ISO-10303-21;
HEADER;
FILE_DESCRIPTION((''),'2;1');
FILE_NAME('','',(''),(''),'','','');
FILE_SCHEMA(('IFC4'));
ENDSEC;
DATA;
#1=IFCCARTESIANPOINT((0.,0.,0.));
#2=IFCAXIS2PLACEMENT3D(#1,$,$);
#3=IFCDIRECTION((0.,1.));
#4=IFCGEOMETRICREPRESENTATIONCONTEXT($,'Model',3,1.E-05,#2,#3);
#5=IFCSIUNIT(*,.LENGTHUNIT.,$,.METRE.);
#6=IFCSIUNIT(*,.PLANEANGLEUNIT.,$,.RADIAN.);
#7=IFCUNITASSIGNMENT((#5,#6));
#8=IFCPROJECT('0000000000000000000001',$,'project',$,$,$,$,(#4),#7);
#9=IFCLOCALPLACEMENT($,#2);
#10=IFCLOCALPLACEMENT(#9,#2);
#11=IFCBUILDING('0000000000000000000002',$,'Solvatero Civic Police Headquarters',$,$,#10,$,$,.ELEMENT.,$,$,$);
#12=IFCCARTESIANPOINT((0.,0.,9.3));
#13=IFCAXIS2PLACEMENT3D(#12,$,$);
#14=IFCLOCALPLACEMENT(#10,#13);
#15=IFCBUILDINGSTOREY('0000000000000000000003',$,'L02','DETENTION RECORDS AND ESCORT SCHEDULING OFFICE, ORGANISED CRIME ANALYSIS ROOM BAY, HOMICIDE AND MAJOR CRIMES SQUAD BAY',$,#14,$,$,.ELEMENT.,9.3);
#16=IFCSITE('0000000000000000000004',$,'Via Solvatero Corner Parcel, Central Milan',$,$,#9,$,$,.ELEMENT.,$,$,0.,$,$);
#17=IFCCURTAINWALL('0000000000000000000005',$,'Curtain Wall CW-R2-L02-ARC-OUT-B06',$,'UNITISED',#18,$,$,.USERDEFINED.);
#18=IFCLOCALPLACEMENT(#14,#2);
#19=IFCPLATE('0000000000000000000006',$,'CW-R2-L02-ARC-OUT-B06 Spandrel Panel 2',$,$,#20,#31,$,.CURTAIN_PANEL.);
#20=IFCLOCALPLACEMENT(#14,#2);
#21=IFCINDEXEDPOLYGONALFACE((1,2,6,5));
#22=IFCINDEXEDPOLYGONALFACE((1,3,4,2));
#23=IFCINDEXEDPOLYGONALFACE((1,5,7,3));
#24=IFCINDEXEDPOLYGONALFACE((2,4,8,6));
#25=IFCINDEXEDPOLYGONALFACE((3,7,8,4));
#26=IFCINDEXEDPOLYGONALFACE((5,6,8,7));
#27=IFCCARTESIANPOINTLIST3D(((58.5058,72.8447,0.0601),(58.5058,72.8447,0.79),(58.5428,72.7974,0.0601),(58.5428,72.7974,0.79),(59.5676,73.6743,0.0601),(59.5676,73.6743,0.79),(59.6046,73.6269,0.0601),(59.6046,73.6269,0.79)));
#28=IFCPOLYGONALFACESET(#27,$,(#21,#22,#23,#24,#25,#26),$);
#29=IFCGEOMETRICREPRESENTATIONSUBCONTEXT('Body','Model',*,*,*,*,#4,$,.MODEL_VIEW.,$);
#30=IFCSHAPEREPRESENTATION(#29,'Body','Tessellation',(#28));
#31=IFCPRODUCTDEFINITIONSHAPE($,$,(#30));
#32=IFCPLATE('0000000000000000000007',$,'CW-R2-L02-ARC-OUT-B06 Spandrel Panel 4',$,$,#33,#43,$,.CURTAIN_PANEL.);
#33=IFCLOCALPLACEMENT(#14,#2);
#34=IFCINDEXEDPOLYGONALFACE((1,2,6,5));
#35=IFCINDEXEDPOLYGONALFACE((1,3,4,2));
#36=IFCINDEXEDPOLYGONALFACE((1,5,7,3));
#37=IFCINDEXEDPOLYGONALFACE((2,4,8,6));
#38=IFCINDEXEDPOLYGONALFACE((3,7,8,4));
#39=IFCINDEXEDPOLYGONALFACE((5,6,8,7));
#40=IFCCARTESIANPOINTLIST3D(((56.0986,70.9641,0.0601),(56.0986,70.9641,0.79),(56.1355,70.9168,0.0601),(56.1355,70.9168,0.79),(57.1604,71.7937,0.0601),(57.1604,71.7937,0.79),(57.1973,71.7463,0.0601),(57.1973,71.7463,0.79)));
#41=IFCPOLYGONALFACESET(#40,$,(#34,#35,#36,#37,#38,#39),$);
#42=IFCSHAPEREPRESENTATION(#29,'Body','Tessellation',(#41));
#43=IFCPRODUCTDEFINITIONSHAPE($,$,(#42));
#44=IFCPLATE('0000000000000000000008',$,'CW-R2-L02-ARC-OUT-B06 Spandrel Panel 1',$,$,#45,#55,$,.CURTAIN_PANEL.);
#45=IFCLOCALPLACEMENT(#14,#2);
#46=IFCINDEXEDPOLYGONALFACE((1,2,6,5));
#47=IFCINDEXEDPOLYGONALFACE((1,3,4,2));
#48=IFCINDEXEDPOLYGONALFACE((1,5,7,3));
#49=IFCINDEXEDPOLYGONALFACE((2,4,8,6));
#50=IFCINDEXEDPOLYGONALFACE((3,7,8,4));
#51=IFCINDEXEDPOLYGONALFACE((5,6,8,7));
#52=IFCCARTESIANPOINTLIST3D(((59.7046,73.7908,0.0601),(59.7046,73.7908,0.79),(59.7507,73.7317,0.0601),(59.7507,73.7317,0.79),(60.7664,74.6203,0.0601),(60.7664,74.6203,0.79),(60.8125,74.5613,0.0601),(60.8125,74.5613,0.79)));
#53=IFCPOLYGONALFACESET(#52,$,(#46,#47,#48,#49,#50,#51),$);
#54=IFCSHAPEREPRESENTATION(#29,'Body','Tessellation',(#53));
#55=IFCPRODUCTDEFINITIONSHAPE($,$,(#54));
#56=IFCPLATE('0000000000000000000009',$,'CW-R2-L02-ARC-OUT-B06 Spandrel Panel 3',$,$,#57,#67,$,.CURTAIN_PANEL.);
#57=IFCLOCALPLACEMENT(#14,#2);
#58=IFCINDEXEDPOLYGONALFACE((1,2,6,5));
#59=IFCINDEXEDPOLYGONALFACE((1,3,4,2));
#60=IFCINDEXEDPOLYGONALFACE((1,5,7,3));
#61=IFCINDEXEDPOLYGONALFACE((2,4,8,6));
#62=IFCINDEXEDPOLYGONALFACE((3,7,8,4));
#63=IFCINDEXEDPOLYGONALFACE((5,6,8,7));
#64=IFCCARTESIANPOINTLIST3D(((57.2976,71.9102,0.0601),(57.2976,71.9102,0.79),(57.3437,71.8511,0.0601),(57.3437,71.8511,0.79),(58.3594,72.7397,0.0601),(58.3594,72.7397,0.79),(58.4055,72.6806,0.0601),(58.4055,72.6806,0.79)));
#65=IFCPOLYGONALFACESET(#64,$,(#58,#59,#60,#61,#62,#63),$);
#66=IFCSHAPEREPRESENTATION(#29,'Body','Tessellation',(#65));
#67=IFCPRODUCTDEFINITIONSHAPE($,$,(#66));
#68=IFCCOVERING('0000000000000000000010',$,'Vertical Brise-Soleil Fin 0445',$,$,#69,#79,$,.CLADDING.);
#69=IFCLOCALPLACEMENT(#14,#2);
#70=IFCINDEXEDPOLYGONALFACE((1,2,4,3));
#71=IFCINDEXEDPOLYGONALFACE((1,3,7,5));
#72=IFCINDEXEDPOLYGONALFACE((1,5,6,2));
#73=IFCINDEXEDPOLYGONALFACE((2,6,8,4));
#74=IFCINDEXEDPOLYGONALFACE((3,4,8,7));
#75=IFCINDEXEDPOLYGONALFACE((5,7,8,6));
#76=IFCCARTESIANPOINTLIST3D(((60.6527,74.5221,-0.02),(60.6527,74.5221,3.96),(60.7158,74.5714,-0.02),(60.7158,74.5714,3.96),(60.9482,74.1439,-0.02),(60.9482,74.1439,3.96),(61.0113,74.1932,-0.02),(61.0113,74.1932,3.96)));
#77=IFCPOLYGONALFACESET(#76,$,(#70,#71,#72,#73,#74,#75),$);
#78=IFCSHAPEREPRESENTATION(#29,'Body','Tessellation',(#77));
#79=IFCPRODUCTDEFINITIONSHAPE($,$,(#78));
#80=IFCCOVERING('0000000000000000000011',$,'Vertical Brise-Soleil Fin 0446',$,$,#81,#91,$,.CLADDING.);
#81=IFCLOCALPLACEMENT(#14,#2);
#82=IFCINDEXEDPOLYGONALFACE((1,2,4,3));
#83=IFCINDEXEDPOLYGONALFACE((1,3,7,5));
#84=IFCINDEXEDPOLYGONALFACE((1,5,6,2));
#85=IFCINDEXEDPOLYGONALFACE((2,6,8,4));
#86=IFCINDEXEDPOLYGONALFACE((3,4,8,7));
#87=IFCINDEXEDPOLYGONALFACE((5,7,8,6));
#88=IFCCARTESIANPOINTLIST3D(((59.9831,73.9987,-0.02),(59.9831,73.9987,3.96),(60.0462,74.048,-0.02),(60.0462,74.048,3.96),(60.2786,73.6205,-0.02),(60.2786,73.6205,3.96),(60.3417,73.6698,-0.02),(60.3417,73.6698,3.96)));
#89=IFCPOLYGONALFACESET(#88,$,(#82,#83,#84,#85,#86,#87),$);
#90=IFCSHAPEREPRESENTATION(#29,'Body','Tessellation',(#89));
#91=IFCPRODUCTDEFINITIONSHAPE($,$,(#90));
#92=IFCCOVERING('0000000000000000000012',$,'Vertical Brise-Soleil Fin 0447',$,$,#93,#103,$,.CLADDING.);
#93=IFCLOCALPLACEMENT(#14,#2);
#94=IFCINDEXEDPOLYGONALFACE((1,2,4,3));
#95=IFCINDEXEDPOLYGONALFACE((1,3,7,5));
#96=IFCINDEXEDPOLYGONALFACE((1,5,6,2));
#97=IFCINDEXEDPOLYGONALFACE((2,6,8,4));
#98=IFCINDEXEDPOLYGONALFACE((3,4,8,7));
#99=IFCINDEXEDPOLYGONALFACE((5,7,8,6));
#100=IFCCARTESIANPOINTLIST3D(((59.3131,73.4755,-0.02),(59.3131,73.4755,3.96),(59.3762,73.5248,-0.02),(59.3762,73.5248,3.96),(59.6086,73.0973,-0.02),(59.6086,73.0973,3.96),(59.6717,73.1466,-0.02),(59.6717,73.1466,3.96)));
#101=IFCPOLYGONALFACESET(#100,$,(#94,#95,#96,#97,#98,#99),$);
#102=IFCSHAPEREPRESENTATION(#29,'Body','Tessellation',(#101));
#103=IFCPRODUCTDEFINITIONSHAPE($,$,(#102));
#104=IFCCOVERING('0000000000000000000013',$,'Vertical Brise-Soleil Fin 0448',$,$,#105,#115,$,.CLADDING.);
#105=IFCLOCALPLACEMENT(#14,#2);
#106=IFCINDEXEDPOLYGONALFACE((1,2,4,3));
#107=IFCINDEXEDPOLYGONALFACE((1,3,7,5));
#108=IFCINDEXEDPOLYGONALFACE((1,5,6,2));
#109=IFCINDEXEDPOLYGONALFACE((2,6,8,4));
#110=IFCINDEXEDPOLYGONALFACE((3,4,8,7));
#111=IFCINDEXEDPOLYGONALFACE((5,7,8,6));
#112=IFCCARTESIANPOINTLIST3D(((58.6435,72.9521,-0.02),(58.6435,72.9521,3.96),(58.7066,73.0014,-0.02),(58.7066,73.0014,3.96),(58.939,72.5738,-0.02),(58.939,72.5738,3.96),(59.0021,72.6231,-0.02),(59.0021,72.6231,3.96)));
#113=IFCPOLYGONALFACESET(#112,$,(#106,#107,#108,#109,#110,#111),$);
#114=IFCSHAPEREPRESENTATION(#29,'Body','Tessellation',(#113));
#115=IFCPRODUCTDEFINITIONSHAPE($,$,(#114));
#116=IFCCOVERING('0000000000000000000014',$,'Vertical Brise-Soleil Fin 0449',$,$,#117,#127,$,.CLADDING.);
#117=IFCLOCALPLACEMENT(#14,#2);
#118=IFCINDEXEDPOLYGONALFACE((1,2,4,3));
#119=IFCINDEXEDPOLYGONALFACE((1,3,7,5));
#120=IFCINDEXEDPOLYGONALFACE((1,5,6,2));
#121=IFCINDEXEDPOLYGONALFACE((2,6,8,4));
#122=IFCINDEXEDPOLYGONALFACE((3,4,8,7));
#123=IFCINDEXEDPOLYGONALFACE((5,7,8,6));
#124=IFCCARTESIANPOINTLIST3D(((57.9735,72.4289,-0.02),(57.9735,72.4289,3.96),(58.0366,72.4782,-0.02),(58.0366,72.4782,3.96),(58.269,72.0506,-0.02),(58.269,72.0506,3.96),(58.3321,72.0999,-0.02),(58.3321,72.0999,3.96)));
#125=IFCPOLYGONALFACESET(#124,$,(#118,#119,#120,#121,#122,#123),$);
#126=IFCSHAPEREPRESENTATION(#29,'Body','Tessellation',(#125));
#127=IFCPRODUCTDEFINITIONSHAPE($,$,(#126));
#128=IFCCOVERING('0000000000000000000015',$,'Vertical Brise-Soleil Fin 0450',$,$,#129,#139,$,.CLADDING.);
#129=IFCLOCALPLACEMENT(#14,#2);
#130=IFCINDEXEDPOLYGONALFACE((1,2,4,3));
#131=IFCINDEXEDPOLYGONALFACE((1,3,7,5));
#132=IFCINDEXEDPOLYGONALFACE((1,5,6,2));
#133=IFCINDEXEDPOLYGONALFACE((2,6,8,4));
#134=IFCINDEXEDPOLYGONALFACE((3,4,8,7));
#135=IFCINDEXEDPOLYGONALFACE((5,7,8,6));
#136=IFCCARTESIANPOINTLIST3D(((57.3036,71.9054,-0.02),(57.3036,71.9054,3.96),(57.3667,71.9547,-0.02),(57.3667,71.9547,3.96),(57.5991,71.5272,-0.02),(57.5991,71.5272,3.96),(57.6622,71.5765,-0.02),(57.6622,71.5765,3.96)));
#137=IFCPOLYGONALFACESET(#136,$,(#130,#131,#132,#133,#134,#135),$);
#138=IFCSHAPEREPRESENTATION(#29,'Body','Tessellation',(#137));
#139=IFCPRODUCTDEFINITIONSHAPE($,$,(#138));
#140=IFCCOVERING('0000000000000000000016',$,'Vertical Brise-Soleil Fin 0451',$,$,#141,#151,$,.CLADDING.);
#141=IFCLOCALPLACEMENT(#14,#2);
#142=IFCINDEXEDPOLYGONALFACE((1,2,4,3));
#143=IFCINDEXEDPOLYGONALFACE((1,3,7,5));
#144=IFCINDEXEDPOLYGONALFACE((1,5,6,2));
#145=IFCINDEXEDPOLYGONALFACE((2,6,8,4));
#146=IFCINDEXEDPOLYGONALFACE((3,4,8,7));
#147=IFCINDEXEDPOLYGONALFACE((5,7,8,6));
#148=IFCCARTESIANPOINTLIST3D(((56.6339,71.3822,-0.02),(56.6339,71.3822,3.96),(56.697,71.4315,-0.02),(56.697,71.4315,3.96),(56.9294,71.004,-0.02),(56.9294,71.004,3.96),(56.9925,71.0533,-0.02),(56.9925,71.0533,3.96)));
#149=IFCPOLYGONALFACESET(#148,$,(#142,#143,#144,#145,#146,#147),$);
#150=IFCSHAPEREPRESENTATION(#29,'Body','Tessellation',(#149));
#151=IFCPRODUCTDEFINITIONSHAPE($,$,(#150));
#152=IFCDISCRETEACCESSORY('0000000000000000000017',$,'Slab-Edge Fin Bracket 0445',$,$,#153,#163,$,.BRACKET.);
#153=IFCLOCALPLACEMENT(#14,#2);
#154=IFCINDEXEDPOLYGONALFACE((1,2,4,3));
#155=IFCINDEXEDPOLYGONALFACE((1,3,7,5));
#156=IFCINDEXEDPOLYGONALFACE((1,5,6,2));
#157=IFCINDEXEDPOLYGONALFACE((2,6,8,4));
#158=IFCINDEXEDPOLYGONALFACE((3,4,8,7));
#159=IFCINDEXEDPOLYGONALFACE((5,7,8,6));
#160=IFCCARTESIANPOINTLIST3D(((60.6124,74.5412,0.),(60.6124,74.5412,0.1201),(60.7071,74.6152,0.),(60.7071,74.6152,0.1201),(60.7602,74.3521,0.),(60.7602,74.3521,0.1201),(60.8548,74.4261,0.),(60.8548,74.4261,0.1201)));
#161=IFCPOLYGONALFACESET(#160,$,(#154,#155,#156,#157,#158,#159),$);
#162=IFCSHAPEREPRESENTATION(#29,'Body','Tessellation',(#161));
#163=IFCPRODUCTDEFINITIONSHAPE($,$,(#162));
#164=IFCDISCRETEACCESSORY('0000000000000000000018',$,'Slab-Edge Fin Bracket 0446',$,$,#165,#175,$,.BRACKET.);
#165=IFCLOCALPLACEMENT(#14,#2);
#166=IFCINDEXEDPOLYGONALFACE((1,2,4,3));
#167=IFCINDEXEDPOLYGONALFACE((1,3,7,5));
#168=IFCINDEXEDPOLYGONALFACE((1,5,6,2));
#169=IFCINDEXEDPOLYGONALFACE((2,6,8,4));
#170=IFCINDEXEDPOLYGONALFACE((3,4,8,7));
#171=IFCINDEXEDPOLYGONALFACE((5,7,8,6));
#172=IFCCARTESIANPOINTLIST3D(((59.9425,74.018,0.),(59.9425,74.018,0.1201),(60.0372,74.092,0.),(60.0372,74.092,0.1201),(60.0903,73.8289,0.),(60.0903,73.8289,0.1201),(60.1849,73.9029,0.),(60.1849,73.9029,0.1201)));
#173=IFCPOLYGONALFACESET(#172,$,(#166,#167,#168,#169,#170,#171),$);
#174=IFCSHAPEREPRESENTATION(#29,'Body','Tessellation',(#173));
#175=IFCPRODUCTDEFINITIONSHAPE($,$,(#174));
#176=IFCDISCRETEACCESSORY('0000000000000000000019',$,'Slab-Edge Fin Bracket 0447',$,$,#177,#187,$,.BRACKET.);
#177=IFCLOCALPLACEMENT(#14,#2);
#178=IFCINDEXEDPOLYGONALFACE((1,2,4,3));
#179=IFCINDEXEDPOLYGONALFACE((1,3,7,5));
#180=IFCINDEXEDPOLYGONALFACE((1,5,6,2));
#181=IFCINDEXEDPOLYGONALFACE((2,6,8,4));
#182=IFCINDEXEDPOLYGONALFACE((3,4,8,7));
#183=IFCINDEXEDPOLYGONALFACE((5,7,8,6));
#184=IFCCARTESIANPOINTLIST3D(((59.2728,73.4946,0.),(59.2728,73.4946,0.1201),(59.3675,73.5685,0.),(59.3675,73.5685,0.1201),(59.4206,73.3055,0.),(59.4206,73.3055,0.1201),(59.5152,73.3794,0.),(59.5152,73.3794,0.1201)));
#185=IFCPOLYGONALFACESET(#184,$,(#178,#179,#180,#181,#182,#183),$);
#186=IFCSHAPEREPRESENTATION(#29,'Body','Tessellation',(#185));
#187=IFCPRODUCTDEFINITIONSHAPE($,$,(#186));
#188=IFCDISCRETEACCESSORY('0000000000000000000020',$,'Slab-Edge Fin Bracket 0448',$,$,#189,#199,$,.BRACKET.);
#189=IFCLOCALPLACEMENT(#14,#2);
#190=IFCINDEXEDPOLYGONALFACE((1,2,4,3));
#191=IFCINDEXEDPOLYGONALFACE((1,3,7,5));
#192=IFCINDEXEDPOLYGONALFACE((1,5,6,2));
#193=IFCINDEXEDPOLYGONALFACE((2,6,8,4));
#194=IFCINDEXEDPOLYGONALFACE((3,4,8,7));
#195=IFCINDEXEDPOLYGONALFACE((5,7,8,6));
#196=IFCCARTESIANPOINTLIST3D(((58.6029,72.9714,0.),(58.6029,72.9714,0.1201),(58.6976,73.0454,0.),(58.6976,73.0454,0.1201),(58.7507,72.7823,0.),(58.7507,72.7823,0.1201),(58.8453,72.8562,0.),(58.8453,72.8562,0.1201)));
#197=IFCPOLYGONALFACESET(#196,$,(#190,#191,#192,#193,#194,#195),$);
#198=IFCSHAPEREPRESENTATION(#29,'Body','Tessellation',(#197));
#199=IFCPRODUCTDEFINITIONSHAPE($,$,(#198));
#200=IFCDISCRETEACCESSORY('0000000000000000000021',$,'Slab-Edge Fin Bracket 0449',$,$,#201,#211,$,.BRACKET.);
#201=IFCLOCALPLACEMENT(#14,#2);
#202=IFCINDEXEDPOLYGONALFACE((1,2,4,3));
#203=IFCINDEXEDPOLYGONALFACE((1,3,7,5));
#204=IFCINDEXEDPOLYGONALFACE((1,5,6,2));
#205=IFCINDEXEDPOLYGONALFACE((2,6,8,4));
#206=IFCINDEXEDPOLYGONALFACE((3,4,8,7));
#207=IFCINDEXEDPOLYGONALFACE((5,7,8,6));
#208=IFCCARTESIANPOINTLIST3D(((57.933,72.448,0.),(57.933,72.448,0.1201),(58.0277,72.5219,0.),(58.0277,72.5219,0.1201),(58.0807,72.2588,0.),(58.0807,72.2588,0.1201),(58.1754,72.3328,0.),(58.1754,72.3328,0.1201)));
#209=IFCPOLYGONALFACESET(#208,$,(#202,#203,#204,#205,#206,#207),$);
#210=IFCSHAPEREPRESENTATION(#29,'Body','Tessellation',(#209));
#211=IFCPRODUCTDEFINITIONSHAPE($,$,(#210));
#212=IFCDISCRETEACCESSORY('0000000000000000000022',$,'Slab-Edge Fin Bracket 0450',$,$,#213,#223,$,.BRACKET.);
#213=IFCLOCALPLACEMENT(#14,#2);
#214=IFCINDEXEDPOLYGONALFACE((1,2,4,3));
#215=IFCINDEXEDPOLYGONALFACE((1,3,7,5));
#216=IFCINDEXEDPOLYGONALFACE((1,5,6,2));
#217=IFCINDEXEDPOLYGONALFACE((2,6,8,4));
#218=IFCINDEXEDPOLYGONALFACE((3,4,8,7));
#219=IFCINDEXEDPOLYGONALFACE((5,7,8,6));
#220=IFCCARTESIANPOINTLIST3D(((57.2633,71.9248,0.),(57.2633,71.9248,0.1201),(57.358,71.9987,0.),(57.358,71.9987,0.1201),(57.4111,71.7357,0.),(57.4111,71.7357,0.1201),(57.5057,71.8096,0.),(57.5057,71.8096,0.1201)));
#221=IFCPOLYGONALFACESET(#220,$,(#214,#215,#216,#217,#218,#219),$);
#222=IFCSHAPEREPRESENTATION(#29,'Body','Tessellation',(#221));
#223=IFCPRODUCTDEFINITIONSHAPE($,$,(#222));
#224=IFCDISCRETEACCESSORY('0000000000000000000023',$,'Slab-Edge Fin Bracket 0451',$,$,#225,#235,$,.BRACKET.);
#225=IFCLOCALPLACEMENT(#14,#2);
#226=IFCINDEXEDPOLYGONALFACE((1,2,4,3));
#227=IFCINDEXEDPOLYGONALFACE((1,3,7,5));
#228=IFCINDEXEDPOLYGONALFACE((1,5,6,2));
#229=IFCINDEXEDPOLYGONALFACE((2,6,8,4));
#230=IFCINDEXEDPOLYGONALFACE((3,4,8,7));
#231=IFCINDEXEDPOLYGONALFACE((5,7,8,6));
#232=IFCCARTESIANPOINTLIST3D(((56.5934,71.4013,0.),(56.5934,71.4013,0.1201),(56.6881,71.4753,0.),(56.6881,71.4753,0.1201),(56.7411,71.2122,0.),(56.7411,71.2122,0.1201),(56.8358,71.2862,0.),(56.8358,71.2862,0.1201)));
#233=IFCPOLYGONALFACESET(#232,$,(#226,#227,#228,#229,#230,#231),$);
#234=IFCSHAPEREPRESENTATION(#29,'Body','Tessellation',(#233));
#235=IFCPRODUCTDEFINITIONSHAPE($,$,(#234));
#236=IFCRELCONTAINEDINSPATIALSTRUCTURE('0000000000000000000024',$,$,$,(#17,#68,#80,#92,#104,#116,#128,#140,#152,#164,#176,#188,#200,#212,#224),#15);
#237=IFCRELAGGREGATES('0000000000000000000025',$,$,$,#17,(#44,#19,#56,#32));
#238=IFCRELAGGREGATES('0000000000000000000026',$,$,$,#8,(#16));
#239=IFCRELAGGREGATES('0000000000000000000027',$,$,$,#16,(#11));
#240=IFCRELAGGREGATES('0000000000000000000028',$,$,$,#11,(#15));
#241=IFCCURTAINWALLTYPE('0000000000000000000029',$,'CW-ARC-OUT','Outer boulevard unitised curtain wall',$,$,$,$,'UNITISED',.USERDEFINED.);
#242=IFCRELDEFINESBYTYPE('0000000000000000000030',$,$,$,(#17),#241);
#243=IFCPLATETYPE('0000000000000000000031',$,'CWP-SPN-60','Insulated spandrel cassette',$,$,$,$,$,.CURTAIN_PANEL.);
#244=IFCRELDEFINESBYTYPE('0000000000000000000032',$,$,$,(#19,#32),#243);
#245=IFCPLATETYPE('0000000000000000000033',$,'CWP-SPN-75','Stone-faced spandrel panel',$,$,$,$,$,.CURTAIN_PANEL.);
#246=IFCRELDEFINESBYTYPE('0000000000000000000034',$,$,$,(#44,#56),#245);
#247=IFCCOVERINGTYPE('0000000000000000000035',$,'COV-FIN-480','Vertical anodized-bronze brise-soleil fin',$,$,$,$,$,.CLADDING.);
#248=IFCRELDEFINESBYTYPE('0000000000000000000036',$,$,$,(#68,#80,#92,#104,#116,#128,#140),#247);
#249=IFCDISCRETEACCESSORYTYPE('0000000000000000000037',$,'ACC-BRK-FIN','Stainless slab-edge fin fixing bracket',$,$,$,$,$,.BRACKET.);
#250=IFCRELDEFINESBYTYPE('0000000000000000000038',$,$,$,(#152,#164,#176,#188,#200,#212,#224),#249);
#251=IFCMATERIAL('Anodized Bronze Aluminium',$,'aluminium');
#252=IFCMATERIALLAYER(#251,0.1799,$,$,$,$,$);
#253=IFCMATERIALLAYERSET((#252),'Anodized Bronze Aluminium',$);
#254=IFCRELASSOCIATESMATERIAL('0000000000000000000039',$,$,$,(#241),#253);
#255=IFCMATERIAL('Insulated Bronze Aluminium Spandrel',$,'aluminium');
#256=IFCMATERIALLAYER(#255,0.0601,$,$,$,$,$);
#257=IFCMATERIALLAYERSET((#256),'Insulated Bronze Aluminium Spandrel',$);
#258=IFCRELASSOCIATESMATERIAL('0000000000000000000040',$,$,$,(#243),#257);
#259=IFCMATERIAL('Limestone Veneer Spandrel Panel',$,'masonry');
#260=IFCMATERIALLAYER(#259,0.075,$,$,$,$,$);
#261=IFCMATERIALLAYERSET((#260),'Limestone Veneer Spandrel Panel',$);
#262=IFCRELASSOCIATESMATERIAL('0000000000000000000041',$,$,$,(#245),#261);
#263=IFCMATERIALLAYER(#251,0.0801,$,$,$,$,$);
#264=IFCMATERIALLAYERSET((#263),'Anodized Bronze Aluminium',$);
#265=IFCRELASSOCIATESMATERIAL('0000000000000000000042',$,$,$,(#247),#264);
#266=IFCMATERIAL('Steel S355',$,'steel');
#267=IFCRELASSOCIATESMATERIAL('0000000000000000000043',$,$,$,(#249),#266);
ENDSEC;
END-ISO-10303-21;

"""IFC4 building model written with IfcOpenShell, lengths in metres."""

from ifc_helpers import new_model, si_unit, direction, frame, origin, origin_2d, place, context, subcontext, project, spatial, rectangle, extrude, material, layer, layer_set, type_object, element, aggregate, save


model = new_model("IFC4")

# Units and contexts
model_context = context("Model", 3, precision=1e-05, world=origin(), true_north=direction((0.0, 1.0)))
body_context = subcontext(model_context, "Body", "Model", "MODEL_VIEW")
ifc_project = project(units=[si_unit("LENGTHUNIT", "METRE"), si_unit("PLANEANGLEUNIT", "RADIAN")], contexts=[model_context])

# Site, building, storey
site_placement = place(None, origin())
site = spatial("IfcSite", under=ifc_project, at=site_placement, Name="Via Solvatero Corner Parcel, Central Milan", CompositionType="ELEMENT", RefElevation=0.0)
building_placement = place(site_placement, origin())
building = spatial("IfcBuilding", under=site, at=building_placement, Name="Solvatero Civic Police Headquarters", CompositionType="ELEMENT")
storey_placement = place(building_placement, frame((0.0, 0.0, 9.3)))
storey = spatial("IfcBuildingStorey", under=building, at=storey_placement, Name="L02", Description="DETENTION RECORDS AND ESCORT SCHEDULING OFFICE, ORGANISED CRIME ANALYSIS ROOM BAY, HOMICIDE AND MAJOR CRIMES SQUAD BAY", CompositionType="ELEMENT", Elevation=9.3)

# Shared definitions
ifc_material_1 = material(Name="Steel S355", Category="steel")

# Curtain wall, plates
ifc_material_2 = material(Name="Anodized Bronze Aluminium", Category="aluminium")
ifc_layer_1 = layer(ifc_material_2, 0.1799)
ifc_layer_set_1 = layer_set([ifc_layer_1], Name="Anodized Bronze Aluminium")
curtain_wall_type = type_object("IfcCurtainWallType", Name="CW-ARC-OUT", Description="Outer boulevard unitised curtain wall", ElementType="UNITISED", PredefinedType="USERDEFINED", material=ifc_layer_set_1)
curtain_wall_placement = place(storey_placement, origin())
curtain_wall = element("IfcCurtainWall", 1, at=curtain_wall_placement, inside=storey, type_object=curtain_wall_type, Name="Curtain Wall CW-R2-L02-ARC-OUT-B06", ObjectType="UNITISED", PredefinedType="USERDEFINED")
ifc_material_3 = material(Name="Insulated Bronze Aluminium Spandrel", Category="aluminium")
ifc_layer_2 = layer(ifc_material_3, 0.0601)
ifc_layer_set_2 = layer_set([ifc_layer_2], Name="Insulated Bronze Aluminium Spandrel")
plate_type_1 = type_object("IfcPlateType", Name="CWP-SPN-60", Description="Insulated spandrel cassette", PredefinedType="CURTAIN_PANEL", material=ifc_layer_set_2)
plate_1_placement = place(storey_placement, frame((59.0552, 73.2358, 0.0601), z_axis=(0.0, 0.0, 1.0), x_axis=(-0.788021, -0.615648, 0.0)))
plate_1 = element("IfcPlate", 2, at=plate_1_placement, type_object=plate_type_1, Name="CW-R2-L02-ARC-OUT-B06 Spandrel Panel 2", PredefinedType="CURTAIN_PANEL", context=body_context, shape_type="SweptSolid", body=[
    extrude(rectangle(XDim=1.3474, YDim=0.0601, at=origin_2d()), origin(), (0.0, 0.0, 1.0), 0.73),
])
plate_2_placement = place(storey_placement, frame((56.6479, 71.3552, 0.0601), z_axis=(0.0, 0.0, 1.0), x_axis=(-0.788021, -0.615648, 0.0)))
plate_2 = element("IfcPlate", 3, at=plate_2_placement, type_object=plate_type_1, Name="CW-R2-L02-ARC-OUT-B06 Spandrel Panel 4", PredefinedType="CURTAIN_PANEL", context=body_context, shape_type="SweptSolid", body=[
    extrude(rectangle(XDim=1.3474, YDim=0.0601, at=origin_2d()), origin(), (0.0, 0.0, 1.0), 0.73),
])
ifc_material_4 = material(Name="Limestone Veneer Spandrel Panel", Category="masonry")
ifc_layer_3 = layer(ifc_material_4, 0.075)
ifc_layer_set_3 = layer_set([ifc_layer_3], Name="Limestone Veneer Spandrel Panel")
plate_type_2 = type_object("IfcPlateType", Name="CWP-SPN-75", Description="Stone-faced spandrel panel", PredefinedType="CURTAIN_PANEL", material=ifc_layer_set_3)
plate_3_placement = place(storey_placement, frame((60.2585, 74.176, 0.0601), z_axis=(0.0, 0.0, 1.0), x_axis=(-0.788021, -0.615648, 0.0)))
plate_3 = element("IfcPlate", 4, at=plate_3_placement, type_object=plate_type_2, Name="CW-R2-L02-ARC-OUT-B06 Spandrel Panel 1", PredefinedType="CURTAIN_PANEL", context=body_context, shape_type="SweptSolid", body=[
    extrude(rectangle(XDim=1.3474, YDim=0.075, at=origin_2d()), origin(), (0.0, 0.0, 1.0), 0.73),
])
plate_4_placement = place(storey_placement, frame((57.8516, 72.2954, 0.0601), z_axis=(0.0, 0.0, 1.0), x_axis=(-0.788021, -0.615648, 0.0)))
plate_4 = element("IfcPlate", 5, at=plate_4_placement, type_object=plate_type_2, Name="CW-R2-L02-ARC-OUT-B06 Spandrel Panel 3", PredefinedType="CURTAIN_PANEL", context=body_context, shape_type="SweptSolid", body=[
    extrude(rectangle(XDim=1.3474, YDim=0.075, at=origin_2d()), origin(), (0.0, 0.0, 1.0), 0.73),
])
aggregate(curtain_wall, [plate_3, plate_1, plate_4, plate_2])

# Coverings
ifc_layer_4 = layer(ifc_material_2, 0.0801)
ifc_layer_set_4 = layer_set([ifc_layer_4], Name="Anodized Bronze Aluminium")
covering_type = type_object("IfcCoveringType", Name="COV-FIN-480", Description="Vertical anodized-bronze brise-soleil fin", PredefinedType="CLADDING", material=ifc_layer_set_4)
for number, where, z_axis, x_axis, name in (
    (6, (60.832, 74.3577, -0.02), (0.0, 0.0, 1.0), (-0.788021, -0.615648, 0.0), "Vertical Brise-Soleil Fin 0445"),
    (7, (60.1624, 73.8342, -0.02), (0.0, 0.0, 1.0), (-0.788021, -0.615648, 0.0), "Vertical Brise-Soleil Fin 0446"),
    (8, (59.4924, 73.311, -0.02), (0.0, 0.0, 1.0), (-0.788021, -0.615648, 0.0), "Vertical Brise-Soleil Fin 0447"),
    (9, (58.8228, 72.7876, -0.02), (0.0, 0.0, 1.0), (-0.788021, -0.615648, 0.0), "Vertical Brise-Soleil Fin 0448"),
    (10, (58.1528, 72.2644, -0.02), (0.0, 0.0, 1.0), (-0.788021, -0.615648, 0.0), "Vertical Brise-Soleil Fin 0449"),
    (11, (57.4829, 71.741, -0.02), (0.0, 0.0, 1.0), (-0.788021, -0.615648, 0.0), "Vertical Brise-Soleil Fin 0450"),
    (12, (56.8132, 71.2178, -0.02), (0.0, 0.0, 1.0), (-0.788021, -0.615648, 0.0), "Vertical Brise-Soleil Fin 0451"),
):
    element("IfcCovering", number, at=place(storey_placement, frame(where, z_axis=z_axis, x_axis=x_axis)), inside=storey, type_object=covering_type, Name=name, PredefinedType="CLADDING", context=body_context, shape_type="SweptSolid", body=[
        extrude(rectangle(XDim=0.0801, YDim=0.48, at=origin_2d()), origin(), (0.0, 0.0, 1.0), 3.98),
    ])

# Discrete accessories
discrete_accessory_type = type_object("IfcDiscreteAccessoryType", Name="ACC-BRK-FIN", Description="Stainless slab-edge fin fixing bracket", PredefinedType="BRACKET", material=ifc_material_1)
for number, where, z_axis, x_axis, name in (
    (13, (60.7336, 74.4836, 0.0), (0.0, 0.0, 1.0), (-0.788021, -0.615648, 0.0), "Slab-Edge Fin Bracket 0445"),
    (14, (60.0637, 73.9604, 0.0), (0.0, 0.0, 1.0), (-0.788021, -0.615648, 0.0), "Slab-Edge Fin Bracket 0446"),
    (15, (59.394, 73.437, 0.0), (0.0, 0.0, 1.0), (-0.788021, -0.615648, 0.0), "Slab-Edge Fin Bracket 0447"),
    (16, (58.7241, 72.9138, 0.0), (0.0, 0.0, 1.0), (-0.788021, -0.615648, 0.0), "Slab-Edge Fin Bracket 0448"),
    (17, (58.0542, 72.3904, 0.0), (0.0, 0.0, 1.0), (-0.788021, -0.615648, 0.0), "Slab-Edge Fin Bracket 0449"),
    (18, (57.3845, 71.8672, 0.0), (0.0, 0.0, 1.0), (-0.788021, -0.615648, 0.0), "Slab-Edge Fin Bracket 0450"),
    (19, (56.7146, 71.3438, 0.0), (0.0, 0.0, 1.0), (-0.788021, -0.615648, 0.0), "Slab-Edge Fin Bracket 0451"),
):
    element("IfcDiscreteAccessory", number, at=place(storey_placement, frame(where, z_axis=z_axis, x_axis=x_axis)), inside=storey, type_object=discrete_accessory_type, Name=name, PredefinedType="BRACKET", context=body_context, shape_type="SweptSolid", body=[
        extrude(rectangle(XDim=0.1201, YDim=0.24, at=origin_2d()), origin(), (0.0, 0.0, 1.0), 0.1201),
    ])

save(model, "model.ifc")
